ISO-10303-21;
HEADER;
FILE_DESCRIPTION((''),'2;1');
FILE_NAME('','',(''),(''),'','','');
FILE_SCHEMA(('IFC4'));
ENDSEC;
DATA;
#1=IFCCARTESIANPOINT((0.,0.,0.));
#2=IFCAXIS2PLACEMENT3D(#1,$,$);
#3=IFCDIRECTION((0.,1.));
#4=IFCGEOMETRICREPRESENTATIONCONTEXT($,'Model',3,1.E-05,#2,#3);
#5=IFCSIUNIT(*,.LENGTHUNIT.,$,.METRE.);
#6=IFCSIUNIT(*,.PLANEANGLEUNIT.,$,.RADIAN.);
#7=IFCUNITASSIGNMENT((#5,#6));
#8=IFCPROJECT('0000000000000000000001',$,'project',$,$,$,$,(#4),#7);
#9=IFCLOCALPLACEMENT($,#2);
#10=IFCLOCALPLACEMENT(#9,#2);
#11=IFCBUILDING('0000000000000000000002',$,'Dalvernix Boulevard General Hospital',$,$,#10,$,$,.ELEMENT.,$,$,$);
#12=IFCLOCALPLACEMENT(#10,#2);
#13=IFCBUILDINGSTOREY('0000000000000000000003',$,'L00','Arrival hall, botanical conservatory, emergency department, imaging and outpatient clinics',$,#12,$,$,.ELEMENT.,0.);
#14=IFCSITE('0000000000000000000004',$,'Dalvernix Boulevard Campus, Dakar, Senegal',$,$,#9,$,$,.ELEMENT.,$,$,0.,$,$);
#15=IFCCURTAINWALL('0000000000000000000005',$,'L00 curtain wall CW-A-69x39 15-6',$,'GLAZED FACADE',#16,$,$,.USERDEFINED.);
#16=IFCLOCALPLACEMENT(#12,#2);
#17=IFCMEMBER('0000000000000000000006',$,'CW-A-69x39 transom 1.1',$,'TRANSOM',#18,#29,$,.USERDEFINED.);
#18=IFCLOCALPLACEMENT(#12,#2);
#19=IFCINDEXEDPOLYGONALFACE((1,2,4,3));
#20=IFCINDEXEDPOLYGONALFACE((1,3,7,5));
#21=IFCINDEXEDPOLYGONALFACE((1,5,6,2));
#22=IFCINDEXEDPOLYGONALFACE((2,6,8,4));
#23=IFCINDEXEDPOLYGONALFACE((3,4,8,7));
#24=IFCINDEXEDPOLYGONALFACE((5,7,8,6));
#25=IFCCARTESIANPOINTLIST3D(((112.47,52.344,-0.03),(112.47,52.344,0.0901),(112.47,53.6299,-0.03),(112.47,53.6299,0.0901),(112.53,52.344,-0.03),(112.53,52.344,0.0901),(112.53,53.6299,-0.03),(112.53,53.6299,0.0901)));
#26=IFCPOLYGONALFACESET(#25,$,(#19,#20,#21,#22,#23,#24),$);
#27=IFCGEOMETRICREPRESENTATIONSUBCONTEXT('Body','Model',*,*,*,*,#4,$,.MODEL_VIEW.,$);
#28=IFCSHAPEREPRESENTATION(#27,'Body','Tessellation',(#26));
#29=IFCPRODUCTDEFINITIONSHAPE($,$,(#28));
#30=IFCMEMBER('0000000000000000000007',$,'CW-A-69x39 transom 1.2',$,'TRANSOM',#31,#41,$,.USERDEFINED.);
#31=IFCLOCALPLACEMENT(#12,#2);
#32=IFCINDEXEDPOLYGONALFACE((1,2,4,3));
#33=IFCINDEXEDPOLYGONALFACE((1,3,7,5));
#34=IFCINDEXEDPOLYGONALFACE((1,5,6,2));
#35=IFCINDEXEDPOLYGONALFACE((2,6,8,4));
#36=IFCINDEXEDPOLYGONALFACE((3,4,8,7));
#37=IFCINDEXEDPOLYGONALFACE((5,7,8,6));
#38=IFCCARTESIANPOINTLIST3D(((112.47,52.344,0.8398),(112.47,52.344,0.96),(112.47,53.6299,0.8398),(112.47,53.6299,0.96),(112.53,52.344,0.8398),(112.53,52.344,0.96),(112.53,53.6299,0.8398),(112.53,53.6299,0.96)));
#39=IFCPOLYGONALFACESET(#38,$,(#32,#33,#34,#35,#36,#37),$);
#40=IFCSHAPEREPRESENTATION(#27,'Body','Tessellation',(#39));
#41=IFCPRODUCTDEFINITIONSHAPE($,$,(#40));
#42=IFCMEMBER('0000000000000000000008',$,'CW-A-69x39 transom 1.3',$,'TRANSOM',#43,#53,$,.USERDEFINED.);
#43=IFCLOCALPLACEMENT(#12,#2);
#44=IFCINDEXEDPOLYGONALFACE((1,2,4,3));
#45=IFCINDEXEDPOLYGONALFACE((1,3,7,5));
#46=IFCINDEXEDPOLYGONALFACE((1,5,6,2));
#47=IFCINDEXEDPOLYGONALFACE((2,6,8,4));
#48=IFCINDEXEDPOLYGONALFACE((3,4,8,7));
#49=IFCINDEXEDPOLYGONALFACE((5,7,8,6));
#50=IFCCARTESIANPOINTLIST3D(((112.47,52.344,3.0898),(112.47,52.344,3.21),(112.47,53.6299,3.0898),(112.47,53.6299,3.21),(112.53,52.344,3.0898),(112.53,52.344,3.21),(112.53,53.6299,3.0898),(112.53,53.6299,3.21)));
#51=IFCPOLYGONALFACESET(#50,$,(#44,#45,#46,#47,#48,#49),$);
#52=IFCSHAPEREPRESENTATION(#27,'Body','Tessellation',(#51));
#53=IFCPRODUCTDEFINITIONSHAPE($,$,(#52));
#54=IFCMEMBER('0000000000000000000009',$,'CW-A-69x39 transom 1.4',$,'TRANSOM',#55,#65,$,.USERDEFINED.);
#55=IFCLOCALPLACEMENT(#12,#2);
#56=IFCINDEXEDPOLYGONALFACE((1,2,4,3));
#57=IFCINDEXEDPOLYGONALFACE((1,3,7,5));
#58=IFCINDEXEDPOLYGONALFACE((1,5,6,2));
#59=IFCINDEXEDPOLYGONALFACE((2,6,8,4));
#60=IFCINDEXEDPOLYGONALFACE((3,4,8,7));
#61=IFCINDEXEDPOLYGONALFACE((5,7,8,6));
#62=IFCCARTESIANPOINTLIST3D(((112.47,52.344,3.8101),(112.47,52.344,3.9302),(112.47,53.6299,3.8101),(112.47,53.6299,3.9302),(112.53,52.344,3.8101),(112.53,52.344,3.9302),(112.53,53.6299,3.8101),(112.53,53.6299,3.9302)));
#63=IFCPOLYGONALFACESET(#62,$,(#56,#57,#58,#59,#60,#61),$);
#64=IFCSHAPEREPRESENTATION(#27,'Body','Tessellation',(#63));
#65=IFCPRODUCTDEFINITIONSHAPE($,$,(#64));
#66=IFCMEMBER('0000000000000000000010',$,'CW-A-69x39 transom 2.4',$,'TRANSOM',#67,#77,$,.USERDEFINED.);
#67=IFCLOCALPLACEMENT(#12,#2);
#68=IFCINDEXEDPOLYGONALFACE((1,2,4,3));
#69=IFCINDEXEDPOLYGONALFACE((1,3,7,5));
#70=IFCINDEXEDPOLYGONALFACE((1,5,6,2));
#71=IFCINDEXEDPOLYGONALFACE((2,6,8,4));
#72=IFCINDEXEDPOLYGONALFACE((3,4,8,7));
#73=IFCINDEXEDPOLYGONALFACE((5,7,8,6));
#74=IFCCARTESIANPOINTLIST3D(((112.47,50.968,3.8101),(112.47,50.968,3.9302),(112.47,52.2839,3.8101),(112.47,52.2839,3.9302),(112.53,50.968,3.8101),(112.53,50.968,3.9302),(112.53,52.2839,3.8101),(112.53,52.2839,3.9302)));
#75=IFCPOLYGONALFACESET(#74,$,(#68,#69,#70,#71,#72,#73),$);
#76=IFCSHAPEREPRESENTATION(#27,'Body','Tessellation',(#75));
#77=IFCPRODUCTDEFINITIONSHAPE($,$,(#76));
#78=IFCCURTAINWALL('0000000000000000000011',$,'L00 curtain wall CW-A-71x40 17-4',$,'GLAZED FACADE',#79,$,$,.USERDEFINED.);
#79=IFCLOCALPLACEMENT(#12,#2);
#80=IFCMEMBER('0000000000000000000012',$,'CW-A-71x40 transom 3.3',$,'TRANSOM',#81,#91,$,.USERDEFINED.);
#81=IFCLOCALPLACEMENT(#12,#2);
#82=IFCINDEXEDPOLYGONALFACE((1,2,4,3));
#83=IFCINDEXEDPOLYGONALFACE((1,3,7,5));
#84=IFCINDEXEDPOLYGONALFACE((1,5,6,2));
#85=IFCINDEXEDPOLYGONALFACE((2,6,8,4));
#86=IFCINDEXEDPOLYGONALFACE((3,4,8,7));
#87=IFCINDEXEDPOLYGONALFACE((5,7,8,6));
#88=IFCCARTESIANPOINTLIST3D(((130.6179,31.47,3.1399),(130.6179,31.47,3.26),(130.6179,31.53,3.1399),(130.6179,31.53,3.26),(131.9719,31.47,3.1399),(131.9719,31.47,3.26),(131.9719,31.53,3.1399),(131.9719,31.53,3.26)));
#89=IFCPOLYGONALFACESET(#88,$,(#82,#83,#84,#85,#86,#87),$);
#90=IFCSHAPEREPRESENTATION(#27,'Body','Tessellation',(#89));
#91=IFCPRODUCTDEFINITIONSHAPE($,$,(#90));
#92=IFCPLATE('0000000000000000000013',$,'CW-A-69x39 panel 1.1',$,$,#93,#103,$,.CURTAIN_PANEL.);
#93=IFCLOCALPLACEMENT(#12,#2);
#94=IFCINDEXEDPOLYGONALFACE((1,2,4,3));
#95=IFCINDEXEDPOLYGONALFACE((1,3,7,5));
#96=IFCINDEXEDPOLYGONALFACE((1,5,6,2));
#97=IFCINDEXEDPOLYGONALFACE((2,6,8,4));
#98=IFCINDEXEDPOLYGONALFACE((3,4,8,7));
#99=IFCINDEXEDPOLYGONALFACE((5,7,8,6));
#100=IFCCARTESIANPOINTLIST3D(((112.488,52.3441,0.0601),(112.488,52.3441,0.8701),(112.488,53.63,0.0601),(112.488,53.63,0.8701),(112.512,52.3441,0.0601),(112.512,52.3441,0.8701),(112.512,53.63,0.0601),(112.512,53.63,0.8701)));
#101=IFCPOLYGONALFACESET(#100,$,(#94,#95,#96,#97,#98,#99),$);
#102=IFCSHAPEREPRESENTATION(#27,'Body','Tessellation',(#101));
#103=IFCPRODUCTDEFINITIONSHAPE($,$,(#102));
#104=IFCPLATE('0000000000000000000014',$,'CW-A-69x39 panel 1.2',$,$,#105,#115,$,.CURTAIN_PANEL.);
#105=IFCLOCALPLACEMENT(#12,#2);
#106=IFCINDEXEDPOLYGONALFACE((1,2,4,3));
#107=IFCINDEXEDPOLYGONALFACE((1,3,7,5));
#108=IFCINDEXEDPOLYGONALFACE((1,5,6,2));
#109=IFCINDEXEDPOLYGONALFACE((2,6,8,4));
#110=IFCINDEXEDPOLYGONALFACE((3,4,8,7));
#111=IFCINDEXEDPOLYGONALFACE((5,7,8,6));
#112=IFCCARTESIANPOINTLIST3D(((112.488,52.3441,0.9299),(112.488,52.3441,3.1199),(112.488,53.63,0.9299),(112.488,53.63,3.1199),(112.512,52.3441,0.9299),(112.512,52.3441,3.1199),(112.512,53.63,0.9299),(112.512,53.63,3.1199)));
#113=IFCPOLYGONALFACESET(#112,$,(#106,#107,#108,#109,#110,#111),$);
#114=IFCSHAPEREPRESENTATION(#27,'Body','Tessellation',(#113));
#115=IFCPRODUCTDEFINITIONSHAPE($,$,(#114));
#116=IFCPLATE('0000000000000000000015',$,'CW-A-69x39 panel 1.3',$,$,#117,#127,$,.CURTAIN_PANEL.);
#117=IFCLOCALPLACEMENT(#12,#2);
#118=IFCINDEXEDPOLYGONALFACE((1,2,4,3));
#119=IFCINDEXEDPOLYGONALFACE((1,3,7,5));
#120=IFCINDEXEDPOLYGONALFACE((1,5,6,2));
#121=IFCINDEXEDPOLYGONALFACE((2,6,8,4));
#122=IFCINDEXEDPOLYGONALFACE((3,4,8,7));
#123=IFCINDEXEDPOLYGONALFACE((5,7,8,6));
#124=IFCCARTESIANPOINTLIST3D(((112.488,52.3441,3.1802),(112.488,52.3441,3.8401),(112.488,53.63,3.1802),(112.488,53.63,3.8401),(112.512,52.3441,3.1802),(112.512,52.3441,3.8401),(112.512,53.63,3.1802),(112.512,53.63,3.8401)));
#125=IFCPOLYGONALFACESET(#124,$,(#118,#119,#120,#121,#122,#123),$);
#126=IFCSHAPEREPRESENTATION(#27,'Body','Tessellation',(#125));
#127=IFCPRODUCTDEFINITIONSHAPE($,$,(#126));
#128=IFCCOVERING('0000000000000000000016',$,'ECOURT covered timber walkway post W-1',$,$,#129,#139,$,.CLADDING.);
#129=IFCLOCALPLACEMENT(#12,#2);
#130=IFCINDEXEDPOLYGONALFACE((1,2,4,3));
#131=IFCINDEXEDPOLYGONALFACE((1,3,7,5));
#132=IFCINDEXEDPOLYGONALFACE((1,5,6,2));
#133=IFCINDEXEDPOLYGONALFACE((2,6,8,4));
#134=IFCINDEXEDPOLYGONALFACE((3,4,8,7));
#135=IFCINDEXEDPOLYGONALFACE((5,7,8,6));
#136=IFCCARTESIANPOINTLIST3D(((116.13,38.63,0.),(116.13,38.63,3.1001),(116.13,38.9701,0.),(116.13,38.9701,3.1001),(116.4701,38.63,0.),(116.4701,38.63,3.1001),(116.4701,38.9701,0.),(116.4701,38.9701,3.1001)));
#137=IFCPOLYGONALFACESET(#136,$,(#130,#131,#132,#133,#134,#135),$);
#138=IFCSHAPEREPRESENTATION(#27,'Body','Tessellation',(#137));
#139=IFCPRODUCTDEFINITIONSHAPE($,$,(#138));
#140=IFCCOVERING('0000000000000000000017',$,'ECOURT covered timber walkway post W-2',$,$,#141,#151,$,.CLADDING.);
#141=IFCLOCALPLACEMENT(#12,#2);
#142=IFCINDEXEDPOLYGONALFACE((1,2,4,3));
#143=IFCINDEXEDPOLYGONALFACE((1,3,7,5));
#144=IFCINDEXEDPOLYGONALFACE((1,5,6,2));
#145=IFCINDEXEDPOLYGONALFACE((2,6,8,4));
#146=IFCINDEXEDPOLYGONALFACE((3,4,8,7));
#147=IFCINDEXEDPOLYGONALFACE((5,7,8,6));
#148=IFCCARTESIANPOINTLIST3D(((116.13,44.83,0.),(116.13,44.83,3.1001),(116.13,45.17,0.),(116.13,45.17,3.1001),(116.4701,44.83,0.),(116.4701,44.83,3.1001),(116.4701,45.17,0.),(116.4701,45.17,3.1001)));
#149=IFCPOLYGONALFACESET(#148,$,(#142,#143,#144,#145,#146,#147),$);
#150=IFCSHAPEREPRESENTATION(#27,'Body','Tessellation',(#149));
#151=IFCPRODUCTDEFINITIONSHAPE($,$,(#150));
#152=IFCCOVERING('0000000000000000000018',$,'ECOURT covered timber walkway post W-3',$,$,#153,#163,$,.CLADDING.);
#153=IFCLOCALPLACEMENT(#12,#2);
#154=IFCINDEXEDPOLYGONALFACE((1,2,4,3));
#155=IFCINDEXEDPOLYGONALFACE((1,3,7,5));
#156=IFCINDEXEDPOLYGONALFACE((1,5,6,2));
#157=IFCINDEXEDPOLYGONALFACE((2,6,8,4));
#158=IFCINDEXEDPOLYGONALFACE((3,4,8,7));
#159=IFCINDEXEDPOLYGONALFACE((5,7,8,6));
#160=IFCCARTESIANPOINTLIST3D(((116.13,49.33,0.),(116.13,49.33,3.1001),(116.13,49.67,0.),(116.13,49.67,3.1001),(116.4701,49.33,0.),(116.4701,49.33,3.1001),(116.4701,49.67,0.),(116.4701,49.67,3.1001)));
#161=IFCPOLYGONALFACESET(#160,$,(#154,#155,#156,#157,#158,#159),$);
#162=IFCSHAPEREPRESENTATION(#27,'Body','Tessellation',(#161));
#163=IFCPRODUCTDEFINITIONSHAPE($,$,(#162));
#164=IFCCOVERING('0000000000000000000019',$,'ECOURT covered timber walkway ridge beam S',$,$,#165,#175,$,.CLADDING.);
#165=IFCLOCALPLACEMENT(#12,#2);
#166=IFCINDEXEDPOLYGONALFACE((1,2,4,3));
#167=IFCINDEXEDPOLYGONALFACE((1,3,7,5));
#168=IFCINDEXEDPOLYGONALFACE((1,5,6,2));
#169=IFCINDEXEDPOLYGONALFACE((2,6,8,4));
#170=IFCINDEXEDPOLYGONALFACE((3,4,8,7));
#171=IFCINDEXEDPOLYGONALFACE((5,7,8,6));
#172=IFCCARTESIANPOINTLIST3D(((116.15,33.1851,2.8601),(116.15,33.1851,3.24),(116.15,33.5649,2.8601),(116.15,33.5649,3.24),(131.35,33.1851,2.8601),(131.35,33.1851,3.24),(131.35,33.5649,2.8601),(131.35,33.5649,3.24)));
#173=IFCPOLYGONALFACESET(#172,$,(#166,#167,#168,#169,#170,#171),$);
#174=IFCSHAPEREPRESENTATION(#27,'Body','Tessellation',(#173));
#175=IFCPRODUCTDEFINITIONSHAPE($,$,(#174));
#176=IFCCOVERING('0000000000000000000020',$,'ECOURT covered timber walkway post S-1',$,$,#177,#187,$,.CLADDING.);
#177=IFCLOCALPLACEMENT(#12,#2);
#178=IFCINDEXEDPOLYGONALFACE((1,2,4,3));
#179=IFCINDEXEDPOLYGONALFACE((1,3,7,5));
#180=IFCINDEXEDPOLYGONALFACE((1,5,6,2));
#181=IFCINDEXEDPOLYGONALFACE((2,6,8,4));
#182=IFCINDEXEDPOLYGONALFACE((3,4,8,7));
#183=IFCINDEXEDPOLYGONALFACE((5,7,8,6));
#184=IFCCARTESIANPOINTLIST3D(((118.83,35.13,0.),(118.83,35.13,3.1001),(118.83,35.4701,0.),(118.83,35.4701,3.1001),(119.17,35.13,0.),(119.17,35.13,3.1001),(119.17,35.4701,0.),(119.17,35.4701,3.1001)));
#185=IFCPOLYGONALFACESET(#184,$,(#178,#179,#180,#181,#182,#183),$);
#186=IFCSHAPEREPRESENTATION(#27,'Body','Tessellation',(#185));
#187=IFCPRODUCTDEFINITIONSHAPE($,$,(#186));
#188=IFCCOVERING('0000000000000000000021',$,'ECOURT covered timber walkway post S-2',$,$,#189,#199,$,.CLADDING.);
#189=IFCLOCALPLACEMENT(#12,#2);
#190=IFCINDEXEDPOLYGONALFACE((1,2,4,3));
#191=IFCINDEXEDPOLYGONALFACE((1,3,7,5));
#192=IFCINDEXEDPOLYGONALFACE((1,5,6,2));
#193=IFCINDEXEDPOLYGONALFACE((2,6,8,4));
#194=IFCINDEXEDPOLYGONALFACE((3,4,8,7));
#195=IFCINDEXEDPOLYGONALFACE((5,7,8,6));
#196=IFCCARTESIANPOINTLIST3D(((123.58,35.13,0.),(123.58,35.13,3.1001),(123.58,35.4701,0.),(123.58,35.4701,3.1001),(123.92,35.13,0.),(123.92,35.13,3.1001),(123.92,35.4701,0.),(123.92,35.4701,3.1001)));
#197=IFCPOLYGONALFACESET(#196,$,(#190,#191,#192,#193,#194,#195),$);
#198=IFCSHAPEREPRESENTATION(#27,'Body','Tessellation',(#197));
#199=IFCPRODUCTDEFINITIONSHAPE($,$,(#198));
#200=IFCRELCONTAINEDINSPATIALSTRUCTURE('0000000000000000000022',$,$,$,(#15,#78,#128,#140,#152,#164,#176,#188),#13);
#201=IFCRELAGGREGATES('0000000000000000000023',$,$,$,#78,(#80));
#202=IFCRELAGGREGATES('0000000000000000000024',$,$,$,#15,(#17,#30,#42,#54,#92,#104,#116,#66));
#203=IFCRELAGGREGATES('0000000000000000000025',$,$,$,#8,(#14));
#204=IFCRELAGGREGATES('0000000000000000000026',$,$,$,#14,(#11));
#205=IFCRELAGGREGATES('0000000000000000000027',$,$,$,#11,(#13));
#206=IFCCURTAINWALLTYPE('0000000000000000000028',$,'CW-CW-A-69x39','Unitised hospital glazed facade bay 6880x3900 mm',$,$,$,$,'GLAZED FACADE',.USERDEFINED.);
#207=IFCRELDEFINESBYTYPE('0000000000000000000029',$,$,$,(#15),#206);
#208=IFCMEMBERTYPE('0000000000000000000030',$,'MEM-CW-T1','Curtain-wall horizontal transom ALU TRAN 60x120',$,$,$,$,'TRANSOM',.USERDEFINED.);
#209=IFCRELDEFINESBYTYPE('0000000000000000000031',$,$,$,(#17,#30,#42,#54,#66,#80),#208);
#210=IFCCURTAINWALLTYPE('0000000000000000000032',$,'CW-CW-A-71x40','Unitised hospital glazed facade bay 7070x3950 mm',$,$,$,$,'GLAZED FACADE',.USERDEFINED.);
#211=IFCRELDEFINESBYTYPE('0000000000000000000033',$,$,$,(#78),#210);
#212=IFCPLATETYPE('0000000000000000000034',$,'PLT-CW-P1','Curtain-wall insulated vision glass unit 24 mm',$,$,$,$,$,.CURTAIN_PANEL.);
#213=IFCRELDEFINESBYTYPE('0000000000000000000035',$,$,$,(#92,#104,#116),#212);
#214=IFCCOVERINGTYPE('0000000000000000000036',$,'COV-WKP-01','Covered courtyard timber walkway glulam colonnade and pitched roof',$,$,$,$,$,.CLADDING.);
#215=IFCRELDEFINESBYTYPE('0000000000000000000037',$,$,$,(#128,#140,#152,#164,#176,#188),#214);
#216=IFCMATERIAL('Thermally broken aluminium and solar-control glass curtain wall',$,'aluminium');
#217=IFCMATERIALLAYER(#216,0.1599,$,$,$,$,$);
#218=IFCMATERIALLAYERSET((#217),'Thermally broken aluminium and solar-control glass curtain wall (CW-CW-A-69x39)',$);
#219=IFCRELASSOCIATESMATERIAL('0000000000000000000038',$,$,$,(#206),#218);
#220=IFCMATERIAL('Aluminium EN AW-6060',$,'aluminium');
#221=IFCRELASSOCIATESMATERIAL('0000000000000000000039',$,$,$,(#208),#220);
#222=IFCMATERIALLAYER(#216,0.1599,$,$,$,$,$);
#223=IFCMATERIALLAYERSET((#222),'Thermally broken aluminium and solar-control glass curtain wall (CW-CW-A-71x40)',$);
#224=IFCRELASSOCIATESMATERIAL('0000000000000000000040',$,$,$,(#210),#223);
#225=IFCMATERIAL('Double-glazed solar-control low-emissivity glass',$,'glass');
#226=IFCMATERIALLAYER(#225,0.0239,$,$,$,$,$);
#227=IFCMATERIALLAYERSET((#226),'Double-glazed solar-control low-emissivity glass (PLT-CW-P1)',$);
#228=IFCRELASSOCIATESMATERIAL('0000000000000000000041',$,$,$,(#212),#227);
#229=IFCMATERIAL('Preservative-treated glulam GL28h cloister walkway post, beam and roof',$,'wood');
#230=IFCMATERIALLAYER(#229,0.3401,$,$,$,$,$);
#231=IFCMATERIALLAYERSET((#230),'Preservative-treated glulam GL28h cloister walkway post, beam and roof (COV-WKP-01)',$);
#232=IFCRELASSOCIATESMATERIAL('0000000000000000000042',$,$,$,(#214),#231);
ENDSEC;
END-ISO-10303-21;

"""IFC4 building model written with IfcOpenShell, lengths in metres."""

from ifc_helpers import new_model, si_unit, direction, frame, origin, origin_2d, place, context, subcontext, project, spatial, rectangle, extrude, material, layer, layer_set, material_profile, profile_set, type_object, element, aggregate, save


model = new_model("IFC4")

# Units and contexts
model_context = context("Model", 3, precision=1e-05, world=origin(), true_north=direction((0.0, 1.0)))
body_context = subcontext(model_context, "Body", "Model", "MODEL_VIEW")
ifc_project = project(units=[si_unit("LENGTHUNIT", "METRE"), si_unit("PLANEANGLEUNIT", "RADIAN")], contexts=[model_context])

# Site, building, storey
site_placement = place(None, origin())
site = spatial("IfcSite", under=ifc_project, at=site_placement, Name="Dalvernix Boulevard Campus, Dakar, Senegal", CompositionType="ELEMENT", RefElevation=0.0)
building_placement = place(site_placement, origin())
building = spatial("IfcBuilding", under=site, at=building_placement, Name="Dalvernix Boulevard General Hospital", CompositionType="ELEMENT")
storey_placement = place(building_placement, origin())
storey = spatial("IfcBuildingStorey", under=building, at=storey_placement, Name="L00", Description="Arrival hall, botanical conservatory, emergency department, imaging and outpatient clinics", CompositionType="ELEMENT", Elevation=0.0)

# Curtain wall, members
ifc_material_1 = material(Name="Thermally broken aluminium and solar-control glass curtain wall", Category="aluminium")
ifc_layer_1 = layer(ifc_material_1, 0.1599)
ifc_layer_set_1 = layer_set([ifc_layer_1], Name="Thermally broken aluminium and solar-control glass curtain wall (CW-CW-A-69x39)")
curtain_wall_type_1 = type_object("IfcCurtainWallType", Name="CW-CW-A-69x39", Description="Unitised hospital glazed facade bay 6880x3900 mm", ElementType="GLAZED FACADE", PredefinedType="USERDEFINED", material=ifc_layer_set_1)
curtain_wall_1_placement = place(storey_placement, origin())
curtain_wall_1 = element("IfcCurtainWall", 1, at=curtain_wall_1_placement, inside=storey, type_object=curtain_wall_type_1, Name="L00 curtain wall CW-A-69x39 15-6", ObjectType="GLAZED FACADE", PredefinedType="USERDEFINED")
ifc_material_2 = material(Name="Aluminium EN AW-6060", Category="aluminium")
ifc_material_profile_1 = material_profile(ifc_material_2, rectangle(XDim=0.0601, YDim=0.1201, at=origin_2d()), Name="ALU TRAN 60x120")
ifc_profile_set_1 = profile_set([ifc_material_profile_1], Name="Aluminium EN AW-6060")
member_type_1 = type_object("IfcMemberType", Name="MEM-CW-T1", Description="Curtain-wall horizontal transom ALU TRAN 60x120", ElementType="TRANSOM", PredefinedType="USERDEFINED", material=ifc_profile_set_1)
member_1_placement = place(storey_placement, frame((112.5, 53.6299, 0.03), z_axis=(0.0, -1.0, 0.0), x_axis=(1.0, 0.0, 0.0)))
member_1 = element("IfcMember", 2, at=member_1_placement, type_object=member_type_1, Name="CW-A-69x39 transom 1.1", ObjectType="TRANSOM", PredefinedType="USERDEFINED", context=body_context, shape_type="SweptSolid", body=[
    extrude(rectangle(XDim=0.0601, YDim=0.1201, at=origin_2d()), origin(), (0.0, 0.0, 1.0), 1.2859),
])
member_2_placement = place(storey_placement, frame((112.5, 53.6299, 0.8999), z_axis=(0.0, -1.0, 0.0), x_axis=(1.0, 0.0, 0.0)))
member_2 = element("IfcMember", 3, at=member_2_placement, type_object=member_type_1, Name="CW-A-69x39 transom 1.2", ObjectType="TRANSOM", PredefinedType="USERDEFINED", context=body_context, shape_type="SweptSolid", body=[
    extrude(rectangle(XDim=0.0601, YDim=0.1201, at=origin_2d()), origin(), (0.0, 0.0, 1.0), 1.2859),
])
member_3_placement = place(storey_placement, frame((112.5, 53.6299, 3.1499), z_axis=(0.0, -1.0, 0.0), x_axis=(1.0, 0.0, 0.0)))
member_3 = element("IfcMember", 4, at=member_3_placement, type_object=member_type_1, Name="CW-A-69x39 transom 1.3", ObjectType="TRANSOM", PredefinedType="USERDEFINED", context=body_context, shape_type="SweptSolid", body=[
    extrude(rectangle(XDim=0.0601, YDim=0.1201, at=origin_2d()), origin(), (0.0, 0.0, 1.0), 1.2859),
])
member_4_placement = place(storey_placement, frame((112.5, 53.6299, 3.8701), z_axis=(0.0, -1.0, 0.0), x_axis=(1.0, 0.0, 0.0)))
member_4 = element("IfcMember", 5, at=member_4_placement, type_object=member_type_1, Name="CW-A-69x39 transom 1.4", ObjectType="TRANSOM", PredefinedType="USERDEFINED", context=body_context, shape_type="SweptSolid", body=[
    extrude(rectangle(XDim=0.0601, YDim=0.1201, at=origin_2d()), origin(), (0.0, 0.0, 1.0), 1.2859),
])
member_5_placement = place(storey_placement, frame((112.5, 52.2839, 3.8701), z_axis=(0.0, -1.0, 0.0), x_axis=(1.0, 0.0, 0.0)))
member_5 = element("IfcMember", 6, at=member_5_placement, type_object=member_type_1, Name="CW-A-69x39 transom 2.4", ObjectType="TRANSOM", PredefinedType="USERDEFINED", context=body_context, shape_type="SweptSolid", body=[
    extrude(rectangle(XDim=0.0601, YDim=0.1201, at=origin_2d()), origin(), (0.0, 0.0, 1.0), 1.3159),
])

# Curtain wall, member
ifc_layer_2 = layer(ifc_material_1, 0.1599)
ifc_layer_set_2 = layer_set([ifc_layer_2], Name="Thermally broken aluminium and solar-control glass curtain wall (CW-CW-A-71x40)")
curtain_wall_type_2 = type_object("IfcCurtainWallType", Name="CW-CW-A-71x40", Description="Unitised hospital glazed facade bay 7070x3950 mm", ElementType="GLAZED FACADE", PredefinedType="USERDEFINED", material=ifc_layer_set_2)
curtain_wall_2_placement = place(storey_placement, origin())
curtain_wall_2 = element("IfcCurtainWall", 7, at=curtain_wall_2_placement, inside=storey, type_object=curtain_wall_type_2, Name="L00 curtain wall CW-A-71x40 17-4", ObjectType="GLAZED FACADE", PredefinedType="USERDEFINED")
member_6_placement = place(storey_placement, frame((130.6179, 31.5, 3.2), z_axis=(1.0, 0.0, 0.0), x_axis=(0.0, 1.0, 0.0)))
member_6 = element("IfcMember", 8, at=member_6_placement, type_object=member_type_1, Name="CW-A-71x40 transom 3.3", ObjectType="TRANSOM", PredefinedType="USERDEFINED", context=body_context, shape_type="SweptSolid", body=[
    extrude(rectangle(XDim=0.0601, YDim=0.1201, at=origin_2d()), origin(), (0.0, 0.0, 1.0), 1.354),
])
aggregate(curtain_wall_2, [member_6])

# Plates
ifc_material_3 = material(Name="Double-glazed solar-control low-emissivity glass", Category="glass")
ifc_layer_3 = layer(ifc_material_3, 0.0239)
ifc_layer_set_3 = layer_set([ifc_layer_3], Name="Double-glazed solar-control low-emissivity glass (PLT-CW-P1)")
plate_type = type_object("IfcPlateType", Name="PLT-CW-P1", Description="Curtain-wall insulated vision glass unit 24 mm", PredefinedType="CURTAIN_PANEL", material=ifc_layer_set_3)
plate_1_placement = place(storey_placement, frame((112.5, 52.9871, 0.0601), z_axis=(0.0, 0.0, 1.0), x_axis=(0.0, -1.0, 0.0)))
plate_1 = element("IfcPlate", 9, at=plate_1_placement, type_object=plate_type, Name="CW-A-69x39 panel 1.1", PredefinedType="CURTAIN_PANEL", context=body_context, shape_type="SweptSolid", body=[
    extrude(rectangle(XDim=1.2859, YDim=0.0239, at=origin_2d()), origin(), (0.0, 0.0, 1.0), 0.8101),
])
plate_2_placement = place(storey_placement, frame((112.5, 52.9871, 0.9299), z_axis=(0.0, 0.0, 1.0), x_axis=(0.0, -1.0, 0.0)))
plate_2 = element("IfcPlate", 10, at=plate_2_placement, type_object=plate_type, Name="CW-A-69x39 panel 1.2", PredefinedType="CURTAIN_PANEL", context=body_context, shape_type="SweptSolid", body=[
    extrude(rectangle(XDim=1.2859, YDim=0.0239, at=origin_2d()), origin(), (0.0, 0.0, 1.0), 2.1899),
])
plate_3_placement = place(storey_placement, frame((112.5, 52.9871, 3.1802), z_axis=(0.0, 0.0, 1.0), x_axis=(0.0, -1.0, 0.0)))
plate_3 = element("IfcPlate", 11, at=plate_3_placement, type_object=plate_type, Name="CW-A-69x39 panel 1.3", PredefinedType="CURTAIN_PANEL", context=body_context, shape_type="SweptSolid", body=[
    extrude(rectangle(XDim=1.2859, YDim=0.0239, at=origin_2d()), origin(), (0.0, 0.0, 1.0), 0.6599),
])
aggregate(curtain_wall_1, [member_1, member_2, member_3, member_4, plate_1, plate_2, plate_3, member_5])

# Coverings
ifc_material_4 = material(Name="Preservative-treated glulam GL28h cloister walkway post, beam and roof", Category="wood")
ifc_layer_4 = layer(ifc_material_4, 0.3401)
ifc_layer_set_4 = layer_set([ifc_layer_4], Name="Preservative-treated glulam GL28h cloister walkway post, beam and roof (COV-WKP-01)")
covering_type = type_object("IfcCoveringType", Name="COV-WKP-01", Description="Covered courtyard timber walkway glulam colonnade and pitched roof", PredefinedType="CLADDING", material=ifc_layer_set_4)
for number, where, z_axis, x_axis, name in (
    (12, (116.3, 38.8, 0.0), (0.0, 0.0, 1.0), (1.0, 0.0, 0.0), "ECOURT covered timber walkway post W-1"),
    (13, (116.3, 45.0, 0.0), (0.0, 0.0, 1.0), (1.0, 0.0, 0.0), "ECOURT covered timber walkway post W-2"),
    (14, (116.3, 49.5, 0.0), (0.0, 0.0, 1.0), (1.0, 0.0, 0.0), "ECOURT covered timber walkway post W-3"),
):
    element("IfcCovering", number, at=place(storey_placement, frame(where, z_axis=z_axis, x_axis=x_axis)), inside=storey, type_object=covering_type, Name=name, PredefinedType="CLADDING", context=body_context, shape_type="SweptSolid", body=[
        extrude(rectangle(XDim=0.3401, YDim=0.3401, at=origin_2d()), origin(), (0.0, 0.0, 1.0), 3.1001),
    ])
covering_1_placement = place(storey_placement, frame((123.75, 33.375, 2.8601), z_axis=(0.0, 0.0, 1.0), x_axis=(1.0, 0.0, 0.0)))
element("IfcCovering", 15, at=covering_1_placement, inside=storey, type_object=covering_type, Name="ECOURT covered timber walkway ridge beam S", PredefinedType="CLADDING", context=body_context, shape_type="SweptSolid", body=[
    extrude(rectangle(XDim=15.2, YDim=0.3799, at=origin_2d()), origin(), (0.0, 0.0, 1.0), 0.3799),
])
for number, where, z_axis, x_axis, name in (
    (16, (119.0, 35.3, 0.0), (0.0, 0.0, 1.0), (1.0, 0.0, 0.0), "ECOURT covered timber walkway post S-1"),
    (17, (123.75, 35.3, 0.0), (0.0, 0.0, 1.0), (1.0, 0.0, 0.0), "ECOURT covered timber walkway post S-2"),
):
    element("IfcCovering", number, at=place(storey_placement, frame(where, z_axis=z_axis, x_axis=x_axis)), inside=storey, type_object=covering_type, Name=name, PredefinedType="CLADDING", context=body_context, shape_type="SweptSolid", body=[
        extrude(rectangle(XDim=0.3401, YDim=0.3401, at=origin_2d()), origin(), (0.0, 0.0, 1.0), 3.1001),
    ])

save(model, "model.ifc")
